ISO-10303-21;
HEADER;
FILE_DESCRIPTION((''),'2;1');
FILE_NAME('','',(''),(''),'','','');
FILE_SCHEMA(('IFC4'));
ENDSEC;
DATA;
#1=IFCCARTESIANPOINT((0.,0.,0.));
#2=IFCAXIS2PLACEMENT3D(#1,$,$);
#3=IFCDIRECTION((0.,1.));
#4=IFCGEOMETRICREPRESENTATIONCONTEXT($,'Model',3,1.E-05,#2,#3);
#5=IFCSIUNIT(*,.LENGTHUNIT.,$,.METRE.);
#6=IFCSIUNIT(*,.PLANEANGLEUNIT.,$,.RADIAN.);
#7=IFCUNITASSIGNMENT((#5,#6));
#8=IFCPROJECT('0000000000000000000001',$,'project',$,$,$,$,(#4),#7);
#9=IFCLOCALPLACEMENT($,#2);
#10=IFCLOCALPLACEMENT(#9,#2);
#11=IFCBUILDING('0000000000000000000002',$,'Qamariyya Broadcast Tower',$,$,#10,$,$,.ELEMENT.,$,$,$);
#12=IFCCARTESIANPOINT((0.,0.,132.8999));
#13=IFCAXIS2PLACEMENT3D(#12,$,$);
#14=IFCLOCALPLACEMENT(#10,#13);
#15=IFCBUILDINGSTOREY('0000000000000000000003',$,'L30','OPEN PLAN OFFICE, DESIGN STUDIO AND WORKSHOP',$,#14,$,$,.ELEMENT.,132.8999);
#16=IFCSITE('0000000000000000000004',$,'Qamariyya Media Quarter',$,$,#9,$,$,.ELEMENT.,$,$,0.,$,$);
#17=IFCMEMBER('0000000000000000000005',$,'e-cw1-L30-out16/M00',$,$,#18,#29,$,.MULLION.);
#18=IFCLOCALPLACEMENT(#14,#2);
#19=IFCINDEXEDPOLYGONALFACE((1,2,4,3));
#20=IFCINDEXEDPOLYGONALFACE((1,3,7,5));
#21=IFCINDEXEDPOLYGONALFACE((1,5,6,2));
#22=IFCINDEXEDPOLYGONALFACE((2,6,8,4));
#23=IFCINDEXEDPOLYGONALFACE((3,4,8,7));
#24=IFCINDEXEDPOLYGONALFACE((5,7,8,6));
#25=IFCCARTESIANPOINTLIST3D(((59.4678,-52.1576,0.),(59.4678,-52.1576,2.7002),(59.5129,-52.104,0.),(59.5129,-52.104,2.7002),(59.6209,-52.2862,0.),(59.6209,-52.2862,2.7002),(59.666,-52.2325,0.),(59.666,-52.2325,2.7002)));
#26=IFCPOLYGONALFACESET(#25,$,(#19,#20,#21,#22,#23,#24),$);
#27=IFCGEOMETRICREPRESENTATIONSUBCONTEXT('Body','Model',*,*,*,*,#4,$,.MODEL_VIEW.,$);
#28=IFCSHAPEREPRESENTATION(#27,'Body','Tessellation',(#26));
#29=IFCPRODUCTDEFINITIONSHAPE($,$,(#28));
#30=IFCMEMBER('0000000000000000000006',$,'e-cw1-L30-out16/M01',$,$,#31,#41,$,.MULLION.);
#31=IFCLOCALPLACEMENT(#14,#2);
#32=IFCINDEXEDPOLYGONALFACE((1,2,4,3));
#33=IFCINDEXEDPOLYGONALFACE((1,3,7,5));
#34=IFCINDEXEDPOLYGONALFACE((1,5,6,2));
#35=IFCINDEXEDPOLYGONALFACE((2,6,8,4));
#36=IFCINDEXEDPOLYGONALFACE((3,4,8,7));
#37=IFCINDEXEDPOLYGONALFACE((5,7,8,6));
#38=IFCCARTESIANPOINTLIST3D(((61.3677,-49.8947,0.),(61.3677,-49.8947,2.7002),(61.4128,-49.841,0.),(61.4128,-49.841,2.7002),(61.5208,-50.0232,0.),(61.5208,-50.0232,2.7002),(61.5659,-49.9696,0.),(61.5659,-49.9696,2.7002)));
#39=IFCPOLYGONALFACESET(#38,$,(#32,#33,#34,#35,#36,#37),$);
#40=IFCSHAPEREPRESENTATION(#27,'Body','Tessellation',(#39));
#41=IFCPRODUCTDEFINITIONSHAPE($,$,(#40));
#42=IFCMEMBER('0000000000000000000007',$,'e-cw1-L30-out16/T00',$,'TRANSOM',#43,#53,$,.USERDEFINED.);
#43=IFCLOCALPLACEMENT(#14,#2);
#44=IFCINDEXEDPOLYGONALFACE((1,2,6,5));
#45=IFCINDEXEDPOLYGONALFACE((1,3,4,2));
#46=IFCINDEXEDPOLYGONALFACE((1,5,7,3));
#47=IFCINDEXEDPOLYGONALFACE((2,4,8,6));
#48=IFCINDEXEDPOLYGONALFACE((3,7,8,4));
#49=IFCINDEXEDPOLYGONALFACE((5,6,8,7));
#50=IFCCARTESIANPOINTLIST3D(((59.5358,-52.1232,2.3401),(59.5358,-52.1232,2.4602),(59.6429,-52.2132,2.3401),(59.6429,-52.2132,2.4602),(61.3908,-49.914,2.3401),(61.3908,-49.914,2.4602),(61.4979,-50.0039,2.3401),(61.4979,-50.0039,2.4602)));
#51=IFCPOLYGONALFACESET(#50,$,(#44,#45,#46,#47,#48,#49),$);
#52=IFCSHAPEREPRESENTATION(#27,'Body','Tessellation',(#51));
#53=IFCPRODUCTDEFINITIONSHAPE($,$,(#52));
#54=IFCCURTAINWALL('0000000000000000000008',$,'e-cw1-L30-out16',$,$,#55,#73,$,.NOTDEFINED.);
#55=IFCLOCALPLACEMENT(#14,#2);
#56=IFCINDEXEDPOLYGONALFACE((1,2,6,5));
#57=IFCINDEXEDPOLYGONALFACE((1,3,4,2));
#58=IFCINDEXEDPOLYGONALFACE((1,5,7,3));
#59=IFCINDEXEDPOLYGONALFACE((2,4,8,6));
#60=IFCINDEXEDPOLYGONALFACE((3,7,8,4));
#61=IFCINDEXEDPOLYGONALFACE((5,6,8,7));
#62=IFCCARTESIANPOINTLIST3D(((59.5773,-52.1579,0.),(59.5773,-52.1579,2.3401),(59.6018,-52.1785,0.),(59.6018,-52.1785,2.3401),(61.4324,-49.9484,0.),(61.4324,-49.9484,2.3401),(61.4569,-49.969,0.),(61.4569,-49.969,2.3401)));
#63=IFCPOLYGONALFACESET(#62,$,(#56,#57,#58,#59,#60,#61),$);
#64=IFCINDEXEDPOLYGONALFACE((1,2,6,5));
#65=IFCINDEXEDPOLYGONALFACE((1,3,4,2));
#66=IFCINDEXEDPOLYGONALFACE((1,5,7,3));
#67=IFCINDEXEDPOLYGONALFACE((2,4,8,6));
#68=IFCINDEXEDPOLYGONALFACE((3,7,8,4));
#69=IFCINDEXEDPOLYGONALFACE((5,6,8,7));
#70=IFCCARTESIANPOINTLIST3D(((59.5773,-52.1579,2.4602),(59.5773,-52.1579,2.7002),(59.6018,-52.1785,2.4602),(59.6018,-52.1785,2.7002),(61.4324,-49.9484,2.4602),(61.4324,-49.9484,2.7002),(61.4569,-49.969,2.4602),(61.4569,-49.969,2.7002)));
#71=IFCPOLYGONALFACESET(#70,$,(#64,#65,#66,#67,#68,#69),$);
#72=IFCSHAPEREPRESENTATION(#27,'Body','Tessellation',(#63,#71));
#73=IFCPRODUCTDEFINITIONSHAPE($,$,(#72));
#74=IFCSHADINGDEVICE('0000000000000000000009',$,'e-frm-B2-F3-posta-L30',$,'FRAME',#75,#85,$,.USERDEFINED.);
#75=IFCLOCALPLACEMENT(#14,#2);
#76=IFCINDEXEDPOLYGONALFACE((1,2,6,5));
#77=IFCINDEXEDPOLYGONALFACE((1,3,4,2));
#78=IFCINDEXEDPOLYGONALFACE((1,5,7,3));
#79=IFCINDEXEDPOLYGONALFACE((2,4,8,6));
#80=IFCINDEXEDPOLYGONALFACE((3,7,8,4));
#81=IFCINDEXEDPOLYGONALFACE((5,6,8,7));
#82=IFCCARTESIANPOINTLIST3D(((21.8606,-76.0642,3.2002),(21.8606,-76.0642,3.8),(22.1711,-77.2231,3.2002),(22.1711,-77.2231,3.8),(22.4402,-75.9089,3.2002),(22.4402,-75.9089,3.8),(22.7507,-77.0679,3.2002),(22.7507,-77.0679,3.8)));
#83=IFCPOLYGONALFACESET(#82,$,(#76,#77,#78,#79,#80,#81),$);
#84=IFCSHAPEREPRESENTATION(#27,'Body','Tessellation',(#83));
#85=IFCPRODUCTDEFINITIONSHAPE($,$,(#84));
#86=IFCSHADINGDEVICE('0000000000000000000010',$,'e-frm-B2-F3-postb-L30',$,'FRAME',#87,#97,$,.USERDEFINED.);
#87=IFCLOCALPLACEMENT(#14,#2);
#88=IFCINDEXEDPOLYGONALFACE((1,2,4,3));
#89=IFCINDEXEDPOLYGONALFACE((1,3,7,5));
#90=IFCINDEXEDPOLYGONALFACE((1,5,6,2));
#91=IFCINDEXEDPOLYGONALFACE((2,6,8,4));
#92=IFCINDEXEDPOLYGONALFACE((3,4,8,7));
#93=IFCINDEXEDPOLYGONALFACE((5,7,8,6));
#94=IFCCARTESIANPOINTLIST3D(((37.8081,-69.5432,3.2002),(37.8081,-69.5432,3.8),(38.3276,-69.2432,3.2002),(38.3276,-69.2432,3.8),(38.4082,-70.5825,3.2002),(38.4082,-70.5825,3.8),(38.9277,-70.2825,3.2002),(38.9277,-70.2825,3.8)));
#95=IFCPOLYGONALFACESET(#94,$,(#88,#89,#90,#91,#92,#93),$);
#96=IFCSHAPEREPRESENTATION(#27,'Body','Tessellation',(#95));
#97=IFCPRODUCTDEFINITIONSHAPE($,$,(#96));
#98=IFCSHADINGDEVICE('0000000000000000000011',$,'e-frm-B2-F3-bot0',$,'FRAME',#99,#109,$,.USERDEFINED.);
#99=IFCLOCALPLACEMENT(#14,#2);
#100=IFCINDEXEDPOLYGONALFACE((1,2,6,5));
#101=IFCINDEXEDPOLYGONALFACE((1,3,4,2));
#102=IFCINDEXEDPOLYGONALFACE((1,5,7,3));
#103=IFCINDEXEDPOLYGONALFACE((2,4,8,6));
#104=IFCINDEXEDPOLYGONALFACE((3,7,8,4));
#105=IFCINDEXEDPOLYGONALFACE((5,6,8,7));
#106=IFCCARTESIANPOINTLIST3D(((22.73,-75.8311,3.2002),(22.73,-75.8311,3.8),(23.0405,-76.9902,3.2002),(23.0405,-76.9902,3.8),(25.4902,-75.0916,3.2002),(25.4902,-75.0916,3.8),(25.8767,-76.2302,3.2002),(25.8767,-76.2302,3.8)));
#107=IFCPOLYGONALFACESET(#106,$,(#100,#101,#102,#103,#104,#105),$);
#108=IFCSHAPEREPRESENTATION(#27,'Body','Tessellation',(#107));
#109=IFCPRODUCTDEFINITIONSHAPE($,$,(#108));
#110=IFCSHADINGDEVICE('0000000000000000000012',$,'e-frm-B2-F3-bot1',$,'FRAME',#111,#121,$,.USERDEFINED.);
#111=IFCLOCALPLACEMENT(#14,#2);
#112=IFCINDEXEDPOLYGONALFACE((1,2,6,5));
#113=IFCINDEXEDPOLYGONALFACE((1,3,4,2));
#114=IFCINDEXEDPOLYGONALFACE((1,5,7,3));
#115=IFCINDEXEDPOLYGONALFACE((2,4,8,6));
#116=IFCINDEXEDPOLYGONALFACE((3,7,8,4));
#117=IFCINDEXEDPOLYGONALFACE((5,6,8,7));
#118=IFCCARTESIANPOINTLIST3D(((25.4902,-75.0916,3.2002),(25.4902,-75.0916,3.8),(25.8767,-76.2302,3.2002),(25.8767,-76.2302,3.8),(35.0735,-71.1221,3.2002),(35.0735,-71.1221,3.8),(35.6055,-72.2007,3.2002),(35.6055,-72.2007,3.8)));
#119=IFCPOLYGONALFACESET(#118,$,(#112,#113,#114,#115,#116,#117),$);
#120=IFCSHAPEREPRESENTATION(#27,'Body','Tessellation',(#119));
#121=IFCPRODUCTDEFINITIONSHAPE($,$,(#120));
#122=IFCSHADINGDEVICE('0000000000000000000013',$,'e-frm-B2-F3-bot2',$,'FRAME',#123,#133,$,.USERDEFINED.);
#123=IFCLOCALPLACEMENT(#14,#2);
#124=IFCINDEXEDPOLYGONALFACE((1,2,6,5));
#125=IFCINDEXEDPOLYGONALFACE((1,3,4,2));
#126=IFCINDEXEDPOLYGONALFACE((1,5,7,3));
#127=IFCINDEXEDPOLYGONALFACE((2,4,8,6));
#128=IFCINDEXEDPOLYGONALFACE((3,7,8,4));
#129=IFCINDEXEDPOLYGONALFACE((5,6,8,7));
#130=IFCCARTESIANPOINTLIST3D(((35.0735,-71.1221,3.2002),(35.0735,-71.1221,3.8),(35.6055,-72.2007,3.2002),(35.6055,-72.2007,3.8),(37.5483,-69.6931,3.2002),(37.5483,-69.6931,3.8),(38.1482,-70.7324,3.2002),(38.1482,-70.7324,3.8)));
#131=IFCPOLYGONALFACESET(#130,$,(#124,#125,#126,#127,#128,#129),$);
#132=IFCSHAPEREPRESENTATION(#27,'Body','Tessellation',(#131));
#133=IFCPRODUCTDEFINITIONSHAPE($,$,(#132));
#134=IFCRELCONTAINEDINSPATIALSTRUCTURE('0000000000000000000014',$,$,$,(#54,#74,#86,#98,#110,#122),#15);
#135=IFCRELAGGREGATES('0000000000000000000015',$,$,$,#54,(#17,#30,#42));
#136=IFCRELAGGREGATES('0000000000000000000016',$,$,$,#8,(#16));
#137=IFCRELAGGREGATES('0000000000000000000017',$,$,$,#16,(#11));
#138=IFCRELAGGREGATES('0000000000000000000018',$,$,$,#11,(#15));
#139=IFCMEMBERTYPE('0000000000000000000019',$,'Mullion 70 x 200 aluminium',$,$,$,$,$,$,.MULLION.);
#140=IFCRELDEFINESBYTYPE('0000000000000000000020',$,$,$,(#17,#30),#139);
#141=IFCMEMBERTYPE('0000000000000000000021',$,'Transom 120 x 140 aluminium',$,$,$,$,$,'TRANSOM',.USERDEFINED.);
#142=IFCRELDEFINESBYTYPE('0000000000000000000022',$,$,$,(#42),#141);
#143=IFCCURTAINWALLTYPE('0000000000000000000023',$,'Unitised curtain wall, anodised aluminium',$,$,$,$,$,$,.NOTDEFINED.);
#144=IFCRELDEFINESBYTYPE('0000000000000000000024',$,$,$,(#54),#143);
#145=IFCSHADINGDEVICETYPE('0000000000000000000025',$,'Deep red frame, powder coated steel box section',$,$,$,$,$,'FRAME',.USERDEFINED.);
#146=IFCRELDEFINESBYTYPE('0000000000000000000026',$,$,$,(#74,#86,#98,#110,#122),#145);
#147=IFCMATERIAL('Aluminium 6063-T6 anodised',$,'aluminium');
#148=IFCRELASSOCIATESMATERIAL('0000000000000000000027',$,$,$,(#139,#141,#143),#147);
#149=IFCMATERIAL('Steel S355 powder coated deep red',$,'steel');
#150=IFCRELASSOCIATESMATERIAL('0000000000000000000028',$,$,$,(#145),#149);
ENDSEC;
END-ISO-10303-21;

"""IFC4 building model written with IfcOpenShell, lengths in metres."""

from ifc_helpers import new_model, si_unit, direction, frame, origin, origin_2d, place, context, subcontext, project, spatial, polyline, rectangle, outline, extrude, material, material_profile, profile_set, type_object, element, aggregate, save


model = new_model("IFC4")

# Units and contexts
model_context = context("Model", 3, precision=1e-05, world=origin(), true_north=direction((0.0, 1.0)))
body_context = subcontext(model_context, "Body", "Model", "MODEL_VIEW")
ifc_project = project(units=[si_unit("LENGTHUNIT", "METRE"), si_unit("PLANEANGLEUNIT", "RADIAN")], contexts=[model_context])

# Members
ifc_material_1 = material(Name="Aluminium 6063-T6 anodised", Category="aluminium")
ifc_material_profile_1 = material_profile(ifc_material_1, rectangle(XDim=0.2, YDim=0.0701, at=origin_2d()))
ifc_profile_set_1 = profile_set([ifc_material_profile_1], Name="Aluminium 6063-T6 anodised")
member_type_1 = type_object("IfcMemberType", Name="Mullion 70 x 200 aluminium", PredefinedType="MULLION", material=ifc_profile_set_1)
site_placement = place(None, origin())
building_placement = place(site_placement, origin())
storey_placement = place(building_placement, frame((0.0, 0.0, 132.8999)))
member_1_placement = place(storey_placement, frame((59.5669, -52.1951, 0.0), z_axis=(0.0, 0.0, 1.0), x_axis=(-0.765842, 0.643029, 0.0)))
member_1 = element("IfcMember", 1, at=member_1_placement, type_object=member_type_1, Name="e-cw1-L30-out16/M00", PredefinedType="MULLION", context=body_context, shape_type="SweptSolid", body=[
    extrude(rectangle(XDim=0.2, YDim=0.0701, at=origin_2d()), origin(), (0.0, 0.0, 1.0), 2.7002),
])
member_2_placement = place(storey_placement, frame((61.4668, -49.9321, 0.0), z_axis=(0.0, 0.0, 1.0), x_axis=(-0.765842, 0.643029, 0.0)))
member_2 = element("IfcMember", 2, at=member_2_placement, type_object=member_type_1, Name="e-cw1-L30-out16/M01", PredefinedType="MULLION", context=body_context, shape_type="SweptSolid", body=[
    extrude(rectangle(XDim=0.2, YDim=0.0701, at=origin_2d()), origin(), (0.0, 0.0, 1.0), 2.7002),
])
ifc_material_profile_2 = material_profile(ifc_material_1, rectangle(XDim=0.1399, YDim=0.1201, at=origin_2d()))
ifc_profile_set_2 = profile_set([ifc_material_profile_2], Name="Aluminium 6063-T6 anodised")
member_type_2 = type_object("IfcMemberType", Name="Transom 120 x 140 aluminium", ElementType="TRANSOM", PredefinedType="USERDEFINED", material=ifc_profile_set_2)
member_3_placement = place(storey_placement, frame((59.5894, -52.1682, 2.4001), z_axis=(0.643035, 0.765837, 0.0), x_axis=(-0.765837, 0.643035, 0.0)))
member_3 = element("IfcMember", 3, at=member_3_placement, type_object=member_type_2, Name="e-cw1-L30-out16/T00", ObjectType="TRANSOM", PredefinedType="USERDEFINED", context=body_context, shape_type="SweptSolid", body=[
    extrude(rectangle(XDim=0.1399, YDim=0.1201, at=origin_2d()), origin(), (0.0, 0.0, 1.0), 2.8848),
])

# Site, building, storey
site = spatial("IfcSite", under=ifc_project, at=site_placement, Name="Qamariyya Media Quarter", CompositionType="ELEMENT", RefElevation=0.0)
building = spatial("IfcBuilding", under=site, at=building_placement, Name="Qamariyya Broadcast Tower", CompositionType="ELEMENT")
storey = spatial("IfcBuildingStorey", under=building, at=storey_placement, Name="L30", Description="OPEN PLAN OFFICE, DESIGN STUDIO AND WORKSHOP", CompositionType="ELEMENT", Elevation=132.8999)

# Curtain wall
curtain_wall_type = type_object("IfcCurtainWallType", Name="Unitised curtain wall, anodised aluminium", PredefinedType="NOTDEFINED", material=ifc_material_1)
curtain_wall_placement = place(storey_placement, origin())
curtain_wall = element("IfcCurtainWall", 4, at=curtain_wall_placement, inside=storey, type_object=curtain_wall_type, Name="e-cw1-L30-out16", PredefinedType="NOTDEFINED", context=body_context, shape_type="SweptSolid", body=[
    extrude(rectangle(XDim=2.885, YDim=0.032, at=origin_2d()), frame((60.5171, -51.0635, 0.0), x_axis=(0.643014, 0.765854, 0.0)), (0.0, 0.0, 1.0), 2.3401),
    extrude(rectangle(XDim=2.885, YDim=0.032, at=origin_2d()), frame((60.5171, -51.0635, 2.4602), x_axis=(0.643014, 0.765854, 0.0)), (0.0, 0.0, 1.0), 0.24),
])
aggregate(curtain_wall, [member_1, member_2, member_3])

# Shading devices
ifc_material_2 = material(Name="Steel S355 powder coated deep red", Category="steel")
shading_device_type = type_object("IfcShadingDeviceType", Name="Deep red frame, powder coated steel box section", ElementType="FRAME", PredefinedType="USERDEFINED", material=ifc_material_2)
shading_device_1_placement = place(storey_placement, frame((0.0, 0.0, 3.2002)))
element("IfcShadingDevice", 5, at=shading_device_1_placement, inside=storey, type_object=shading_device_type, Name="e-frm-B2-F3-posta-L30", ObjectType="FRAME", PredefinedType="USERDEFINED", context=body_context, shape_type="SweptSolid", body=[
    extrude(outline(polyline([(21.8606, -76.0642), (22.1711, -77.2231), (22.7507, -77.0679), (22.4402, -75.9089), (21.8606, -76.0642)])), origin(), (0.0, 0.0, 1.0), 0.5999),
])
shading_device_2_placement = place(storey_placement, frame((0.0, 0.0, 3.2002)))
element("IfcShadingDevice", 6, at=shading_device_2_placement, inside=storey, type_object=shading_device_type, Name="e-frm-B2-F3-postb-L30", ObjectType="FRAME", PredefinedType="USERDEFINED", context=body_context, shape_type="SweptSolid", body=[
    extrude(outline(polyline([(37.8081, -69.5432), (38.4082, -70.5825), (38.9277, -70.2825), (38.3276, -69.2432), (37.8081, -69.5432)])), origin(), (0.0, 0.0, 1.0), 0.5999),
])
shading_device_3_placement = place(storey_placement, frame((0.0, 0.0, 3.2002)))
element("IfcShadingDevice", 7, at=shading_device_3_placement, inside=storey, type_object=shading_device_type, Name="e-frm-B2-F3-bot0", ObjectType="FRAME", PredefinedType="USERDEFINED", context=body_context, shape_type="SweptSolid", body=[
    extrude(outline(polyline([(22.73, -75.8311), (23.0405, -76.9902), (25.8767, -76.2302), (25.4902, -75.0916), (22.73, -75.8311)])), origin(), (0.0, 0.0, 1.0), 0.5999),
])
shading_device_4_placement = place(storey_placement, frame((0.0, 0.0, 3.2002)))
element("IfcShadingDevice", 8, at=shading_device_4_placement, inside=storey, type_object=shading_device_type, Name="e-frm-B2-F3-bot1", ObjectType="FRAME", PredefinedType="USERDEFINED", context=body_context, shape_type="SweptSolid", body=[
    extrude(outline(polyline([(25.4902, -75.0916), (25.8767, -76.2302), (35.6055, -72.2007), (35.0735, -71.1221), (25.4902, -75.0916)])), origin(), (0.0, 0.0, 1.0), 0.5999),
])
shading_device_5_placement = place(storey_placement, frame((0.0, 0.0, 3.2002)))
element("IfcShadingDevice", 9, at=shading_device_5_placement, inside=storey, type_object=shading_device_type, Name="e-frm-B2-F3-bot2", ObjectType="FRAME", PredefinedType="USERDEFINED", context=body_context, shape_type="SweptSolid", body=[
    extrude(outline(polyline([(35.0735, -71.1221), (35.6055, -72.2007), (38.1482, -70.7324), (37.5483, -69.6931), (35.0735, -71.1221)])), origin(), (0.0, 0.0, 1.0), 0.5999),
])

save(model, "model.ifc")
